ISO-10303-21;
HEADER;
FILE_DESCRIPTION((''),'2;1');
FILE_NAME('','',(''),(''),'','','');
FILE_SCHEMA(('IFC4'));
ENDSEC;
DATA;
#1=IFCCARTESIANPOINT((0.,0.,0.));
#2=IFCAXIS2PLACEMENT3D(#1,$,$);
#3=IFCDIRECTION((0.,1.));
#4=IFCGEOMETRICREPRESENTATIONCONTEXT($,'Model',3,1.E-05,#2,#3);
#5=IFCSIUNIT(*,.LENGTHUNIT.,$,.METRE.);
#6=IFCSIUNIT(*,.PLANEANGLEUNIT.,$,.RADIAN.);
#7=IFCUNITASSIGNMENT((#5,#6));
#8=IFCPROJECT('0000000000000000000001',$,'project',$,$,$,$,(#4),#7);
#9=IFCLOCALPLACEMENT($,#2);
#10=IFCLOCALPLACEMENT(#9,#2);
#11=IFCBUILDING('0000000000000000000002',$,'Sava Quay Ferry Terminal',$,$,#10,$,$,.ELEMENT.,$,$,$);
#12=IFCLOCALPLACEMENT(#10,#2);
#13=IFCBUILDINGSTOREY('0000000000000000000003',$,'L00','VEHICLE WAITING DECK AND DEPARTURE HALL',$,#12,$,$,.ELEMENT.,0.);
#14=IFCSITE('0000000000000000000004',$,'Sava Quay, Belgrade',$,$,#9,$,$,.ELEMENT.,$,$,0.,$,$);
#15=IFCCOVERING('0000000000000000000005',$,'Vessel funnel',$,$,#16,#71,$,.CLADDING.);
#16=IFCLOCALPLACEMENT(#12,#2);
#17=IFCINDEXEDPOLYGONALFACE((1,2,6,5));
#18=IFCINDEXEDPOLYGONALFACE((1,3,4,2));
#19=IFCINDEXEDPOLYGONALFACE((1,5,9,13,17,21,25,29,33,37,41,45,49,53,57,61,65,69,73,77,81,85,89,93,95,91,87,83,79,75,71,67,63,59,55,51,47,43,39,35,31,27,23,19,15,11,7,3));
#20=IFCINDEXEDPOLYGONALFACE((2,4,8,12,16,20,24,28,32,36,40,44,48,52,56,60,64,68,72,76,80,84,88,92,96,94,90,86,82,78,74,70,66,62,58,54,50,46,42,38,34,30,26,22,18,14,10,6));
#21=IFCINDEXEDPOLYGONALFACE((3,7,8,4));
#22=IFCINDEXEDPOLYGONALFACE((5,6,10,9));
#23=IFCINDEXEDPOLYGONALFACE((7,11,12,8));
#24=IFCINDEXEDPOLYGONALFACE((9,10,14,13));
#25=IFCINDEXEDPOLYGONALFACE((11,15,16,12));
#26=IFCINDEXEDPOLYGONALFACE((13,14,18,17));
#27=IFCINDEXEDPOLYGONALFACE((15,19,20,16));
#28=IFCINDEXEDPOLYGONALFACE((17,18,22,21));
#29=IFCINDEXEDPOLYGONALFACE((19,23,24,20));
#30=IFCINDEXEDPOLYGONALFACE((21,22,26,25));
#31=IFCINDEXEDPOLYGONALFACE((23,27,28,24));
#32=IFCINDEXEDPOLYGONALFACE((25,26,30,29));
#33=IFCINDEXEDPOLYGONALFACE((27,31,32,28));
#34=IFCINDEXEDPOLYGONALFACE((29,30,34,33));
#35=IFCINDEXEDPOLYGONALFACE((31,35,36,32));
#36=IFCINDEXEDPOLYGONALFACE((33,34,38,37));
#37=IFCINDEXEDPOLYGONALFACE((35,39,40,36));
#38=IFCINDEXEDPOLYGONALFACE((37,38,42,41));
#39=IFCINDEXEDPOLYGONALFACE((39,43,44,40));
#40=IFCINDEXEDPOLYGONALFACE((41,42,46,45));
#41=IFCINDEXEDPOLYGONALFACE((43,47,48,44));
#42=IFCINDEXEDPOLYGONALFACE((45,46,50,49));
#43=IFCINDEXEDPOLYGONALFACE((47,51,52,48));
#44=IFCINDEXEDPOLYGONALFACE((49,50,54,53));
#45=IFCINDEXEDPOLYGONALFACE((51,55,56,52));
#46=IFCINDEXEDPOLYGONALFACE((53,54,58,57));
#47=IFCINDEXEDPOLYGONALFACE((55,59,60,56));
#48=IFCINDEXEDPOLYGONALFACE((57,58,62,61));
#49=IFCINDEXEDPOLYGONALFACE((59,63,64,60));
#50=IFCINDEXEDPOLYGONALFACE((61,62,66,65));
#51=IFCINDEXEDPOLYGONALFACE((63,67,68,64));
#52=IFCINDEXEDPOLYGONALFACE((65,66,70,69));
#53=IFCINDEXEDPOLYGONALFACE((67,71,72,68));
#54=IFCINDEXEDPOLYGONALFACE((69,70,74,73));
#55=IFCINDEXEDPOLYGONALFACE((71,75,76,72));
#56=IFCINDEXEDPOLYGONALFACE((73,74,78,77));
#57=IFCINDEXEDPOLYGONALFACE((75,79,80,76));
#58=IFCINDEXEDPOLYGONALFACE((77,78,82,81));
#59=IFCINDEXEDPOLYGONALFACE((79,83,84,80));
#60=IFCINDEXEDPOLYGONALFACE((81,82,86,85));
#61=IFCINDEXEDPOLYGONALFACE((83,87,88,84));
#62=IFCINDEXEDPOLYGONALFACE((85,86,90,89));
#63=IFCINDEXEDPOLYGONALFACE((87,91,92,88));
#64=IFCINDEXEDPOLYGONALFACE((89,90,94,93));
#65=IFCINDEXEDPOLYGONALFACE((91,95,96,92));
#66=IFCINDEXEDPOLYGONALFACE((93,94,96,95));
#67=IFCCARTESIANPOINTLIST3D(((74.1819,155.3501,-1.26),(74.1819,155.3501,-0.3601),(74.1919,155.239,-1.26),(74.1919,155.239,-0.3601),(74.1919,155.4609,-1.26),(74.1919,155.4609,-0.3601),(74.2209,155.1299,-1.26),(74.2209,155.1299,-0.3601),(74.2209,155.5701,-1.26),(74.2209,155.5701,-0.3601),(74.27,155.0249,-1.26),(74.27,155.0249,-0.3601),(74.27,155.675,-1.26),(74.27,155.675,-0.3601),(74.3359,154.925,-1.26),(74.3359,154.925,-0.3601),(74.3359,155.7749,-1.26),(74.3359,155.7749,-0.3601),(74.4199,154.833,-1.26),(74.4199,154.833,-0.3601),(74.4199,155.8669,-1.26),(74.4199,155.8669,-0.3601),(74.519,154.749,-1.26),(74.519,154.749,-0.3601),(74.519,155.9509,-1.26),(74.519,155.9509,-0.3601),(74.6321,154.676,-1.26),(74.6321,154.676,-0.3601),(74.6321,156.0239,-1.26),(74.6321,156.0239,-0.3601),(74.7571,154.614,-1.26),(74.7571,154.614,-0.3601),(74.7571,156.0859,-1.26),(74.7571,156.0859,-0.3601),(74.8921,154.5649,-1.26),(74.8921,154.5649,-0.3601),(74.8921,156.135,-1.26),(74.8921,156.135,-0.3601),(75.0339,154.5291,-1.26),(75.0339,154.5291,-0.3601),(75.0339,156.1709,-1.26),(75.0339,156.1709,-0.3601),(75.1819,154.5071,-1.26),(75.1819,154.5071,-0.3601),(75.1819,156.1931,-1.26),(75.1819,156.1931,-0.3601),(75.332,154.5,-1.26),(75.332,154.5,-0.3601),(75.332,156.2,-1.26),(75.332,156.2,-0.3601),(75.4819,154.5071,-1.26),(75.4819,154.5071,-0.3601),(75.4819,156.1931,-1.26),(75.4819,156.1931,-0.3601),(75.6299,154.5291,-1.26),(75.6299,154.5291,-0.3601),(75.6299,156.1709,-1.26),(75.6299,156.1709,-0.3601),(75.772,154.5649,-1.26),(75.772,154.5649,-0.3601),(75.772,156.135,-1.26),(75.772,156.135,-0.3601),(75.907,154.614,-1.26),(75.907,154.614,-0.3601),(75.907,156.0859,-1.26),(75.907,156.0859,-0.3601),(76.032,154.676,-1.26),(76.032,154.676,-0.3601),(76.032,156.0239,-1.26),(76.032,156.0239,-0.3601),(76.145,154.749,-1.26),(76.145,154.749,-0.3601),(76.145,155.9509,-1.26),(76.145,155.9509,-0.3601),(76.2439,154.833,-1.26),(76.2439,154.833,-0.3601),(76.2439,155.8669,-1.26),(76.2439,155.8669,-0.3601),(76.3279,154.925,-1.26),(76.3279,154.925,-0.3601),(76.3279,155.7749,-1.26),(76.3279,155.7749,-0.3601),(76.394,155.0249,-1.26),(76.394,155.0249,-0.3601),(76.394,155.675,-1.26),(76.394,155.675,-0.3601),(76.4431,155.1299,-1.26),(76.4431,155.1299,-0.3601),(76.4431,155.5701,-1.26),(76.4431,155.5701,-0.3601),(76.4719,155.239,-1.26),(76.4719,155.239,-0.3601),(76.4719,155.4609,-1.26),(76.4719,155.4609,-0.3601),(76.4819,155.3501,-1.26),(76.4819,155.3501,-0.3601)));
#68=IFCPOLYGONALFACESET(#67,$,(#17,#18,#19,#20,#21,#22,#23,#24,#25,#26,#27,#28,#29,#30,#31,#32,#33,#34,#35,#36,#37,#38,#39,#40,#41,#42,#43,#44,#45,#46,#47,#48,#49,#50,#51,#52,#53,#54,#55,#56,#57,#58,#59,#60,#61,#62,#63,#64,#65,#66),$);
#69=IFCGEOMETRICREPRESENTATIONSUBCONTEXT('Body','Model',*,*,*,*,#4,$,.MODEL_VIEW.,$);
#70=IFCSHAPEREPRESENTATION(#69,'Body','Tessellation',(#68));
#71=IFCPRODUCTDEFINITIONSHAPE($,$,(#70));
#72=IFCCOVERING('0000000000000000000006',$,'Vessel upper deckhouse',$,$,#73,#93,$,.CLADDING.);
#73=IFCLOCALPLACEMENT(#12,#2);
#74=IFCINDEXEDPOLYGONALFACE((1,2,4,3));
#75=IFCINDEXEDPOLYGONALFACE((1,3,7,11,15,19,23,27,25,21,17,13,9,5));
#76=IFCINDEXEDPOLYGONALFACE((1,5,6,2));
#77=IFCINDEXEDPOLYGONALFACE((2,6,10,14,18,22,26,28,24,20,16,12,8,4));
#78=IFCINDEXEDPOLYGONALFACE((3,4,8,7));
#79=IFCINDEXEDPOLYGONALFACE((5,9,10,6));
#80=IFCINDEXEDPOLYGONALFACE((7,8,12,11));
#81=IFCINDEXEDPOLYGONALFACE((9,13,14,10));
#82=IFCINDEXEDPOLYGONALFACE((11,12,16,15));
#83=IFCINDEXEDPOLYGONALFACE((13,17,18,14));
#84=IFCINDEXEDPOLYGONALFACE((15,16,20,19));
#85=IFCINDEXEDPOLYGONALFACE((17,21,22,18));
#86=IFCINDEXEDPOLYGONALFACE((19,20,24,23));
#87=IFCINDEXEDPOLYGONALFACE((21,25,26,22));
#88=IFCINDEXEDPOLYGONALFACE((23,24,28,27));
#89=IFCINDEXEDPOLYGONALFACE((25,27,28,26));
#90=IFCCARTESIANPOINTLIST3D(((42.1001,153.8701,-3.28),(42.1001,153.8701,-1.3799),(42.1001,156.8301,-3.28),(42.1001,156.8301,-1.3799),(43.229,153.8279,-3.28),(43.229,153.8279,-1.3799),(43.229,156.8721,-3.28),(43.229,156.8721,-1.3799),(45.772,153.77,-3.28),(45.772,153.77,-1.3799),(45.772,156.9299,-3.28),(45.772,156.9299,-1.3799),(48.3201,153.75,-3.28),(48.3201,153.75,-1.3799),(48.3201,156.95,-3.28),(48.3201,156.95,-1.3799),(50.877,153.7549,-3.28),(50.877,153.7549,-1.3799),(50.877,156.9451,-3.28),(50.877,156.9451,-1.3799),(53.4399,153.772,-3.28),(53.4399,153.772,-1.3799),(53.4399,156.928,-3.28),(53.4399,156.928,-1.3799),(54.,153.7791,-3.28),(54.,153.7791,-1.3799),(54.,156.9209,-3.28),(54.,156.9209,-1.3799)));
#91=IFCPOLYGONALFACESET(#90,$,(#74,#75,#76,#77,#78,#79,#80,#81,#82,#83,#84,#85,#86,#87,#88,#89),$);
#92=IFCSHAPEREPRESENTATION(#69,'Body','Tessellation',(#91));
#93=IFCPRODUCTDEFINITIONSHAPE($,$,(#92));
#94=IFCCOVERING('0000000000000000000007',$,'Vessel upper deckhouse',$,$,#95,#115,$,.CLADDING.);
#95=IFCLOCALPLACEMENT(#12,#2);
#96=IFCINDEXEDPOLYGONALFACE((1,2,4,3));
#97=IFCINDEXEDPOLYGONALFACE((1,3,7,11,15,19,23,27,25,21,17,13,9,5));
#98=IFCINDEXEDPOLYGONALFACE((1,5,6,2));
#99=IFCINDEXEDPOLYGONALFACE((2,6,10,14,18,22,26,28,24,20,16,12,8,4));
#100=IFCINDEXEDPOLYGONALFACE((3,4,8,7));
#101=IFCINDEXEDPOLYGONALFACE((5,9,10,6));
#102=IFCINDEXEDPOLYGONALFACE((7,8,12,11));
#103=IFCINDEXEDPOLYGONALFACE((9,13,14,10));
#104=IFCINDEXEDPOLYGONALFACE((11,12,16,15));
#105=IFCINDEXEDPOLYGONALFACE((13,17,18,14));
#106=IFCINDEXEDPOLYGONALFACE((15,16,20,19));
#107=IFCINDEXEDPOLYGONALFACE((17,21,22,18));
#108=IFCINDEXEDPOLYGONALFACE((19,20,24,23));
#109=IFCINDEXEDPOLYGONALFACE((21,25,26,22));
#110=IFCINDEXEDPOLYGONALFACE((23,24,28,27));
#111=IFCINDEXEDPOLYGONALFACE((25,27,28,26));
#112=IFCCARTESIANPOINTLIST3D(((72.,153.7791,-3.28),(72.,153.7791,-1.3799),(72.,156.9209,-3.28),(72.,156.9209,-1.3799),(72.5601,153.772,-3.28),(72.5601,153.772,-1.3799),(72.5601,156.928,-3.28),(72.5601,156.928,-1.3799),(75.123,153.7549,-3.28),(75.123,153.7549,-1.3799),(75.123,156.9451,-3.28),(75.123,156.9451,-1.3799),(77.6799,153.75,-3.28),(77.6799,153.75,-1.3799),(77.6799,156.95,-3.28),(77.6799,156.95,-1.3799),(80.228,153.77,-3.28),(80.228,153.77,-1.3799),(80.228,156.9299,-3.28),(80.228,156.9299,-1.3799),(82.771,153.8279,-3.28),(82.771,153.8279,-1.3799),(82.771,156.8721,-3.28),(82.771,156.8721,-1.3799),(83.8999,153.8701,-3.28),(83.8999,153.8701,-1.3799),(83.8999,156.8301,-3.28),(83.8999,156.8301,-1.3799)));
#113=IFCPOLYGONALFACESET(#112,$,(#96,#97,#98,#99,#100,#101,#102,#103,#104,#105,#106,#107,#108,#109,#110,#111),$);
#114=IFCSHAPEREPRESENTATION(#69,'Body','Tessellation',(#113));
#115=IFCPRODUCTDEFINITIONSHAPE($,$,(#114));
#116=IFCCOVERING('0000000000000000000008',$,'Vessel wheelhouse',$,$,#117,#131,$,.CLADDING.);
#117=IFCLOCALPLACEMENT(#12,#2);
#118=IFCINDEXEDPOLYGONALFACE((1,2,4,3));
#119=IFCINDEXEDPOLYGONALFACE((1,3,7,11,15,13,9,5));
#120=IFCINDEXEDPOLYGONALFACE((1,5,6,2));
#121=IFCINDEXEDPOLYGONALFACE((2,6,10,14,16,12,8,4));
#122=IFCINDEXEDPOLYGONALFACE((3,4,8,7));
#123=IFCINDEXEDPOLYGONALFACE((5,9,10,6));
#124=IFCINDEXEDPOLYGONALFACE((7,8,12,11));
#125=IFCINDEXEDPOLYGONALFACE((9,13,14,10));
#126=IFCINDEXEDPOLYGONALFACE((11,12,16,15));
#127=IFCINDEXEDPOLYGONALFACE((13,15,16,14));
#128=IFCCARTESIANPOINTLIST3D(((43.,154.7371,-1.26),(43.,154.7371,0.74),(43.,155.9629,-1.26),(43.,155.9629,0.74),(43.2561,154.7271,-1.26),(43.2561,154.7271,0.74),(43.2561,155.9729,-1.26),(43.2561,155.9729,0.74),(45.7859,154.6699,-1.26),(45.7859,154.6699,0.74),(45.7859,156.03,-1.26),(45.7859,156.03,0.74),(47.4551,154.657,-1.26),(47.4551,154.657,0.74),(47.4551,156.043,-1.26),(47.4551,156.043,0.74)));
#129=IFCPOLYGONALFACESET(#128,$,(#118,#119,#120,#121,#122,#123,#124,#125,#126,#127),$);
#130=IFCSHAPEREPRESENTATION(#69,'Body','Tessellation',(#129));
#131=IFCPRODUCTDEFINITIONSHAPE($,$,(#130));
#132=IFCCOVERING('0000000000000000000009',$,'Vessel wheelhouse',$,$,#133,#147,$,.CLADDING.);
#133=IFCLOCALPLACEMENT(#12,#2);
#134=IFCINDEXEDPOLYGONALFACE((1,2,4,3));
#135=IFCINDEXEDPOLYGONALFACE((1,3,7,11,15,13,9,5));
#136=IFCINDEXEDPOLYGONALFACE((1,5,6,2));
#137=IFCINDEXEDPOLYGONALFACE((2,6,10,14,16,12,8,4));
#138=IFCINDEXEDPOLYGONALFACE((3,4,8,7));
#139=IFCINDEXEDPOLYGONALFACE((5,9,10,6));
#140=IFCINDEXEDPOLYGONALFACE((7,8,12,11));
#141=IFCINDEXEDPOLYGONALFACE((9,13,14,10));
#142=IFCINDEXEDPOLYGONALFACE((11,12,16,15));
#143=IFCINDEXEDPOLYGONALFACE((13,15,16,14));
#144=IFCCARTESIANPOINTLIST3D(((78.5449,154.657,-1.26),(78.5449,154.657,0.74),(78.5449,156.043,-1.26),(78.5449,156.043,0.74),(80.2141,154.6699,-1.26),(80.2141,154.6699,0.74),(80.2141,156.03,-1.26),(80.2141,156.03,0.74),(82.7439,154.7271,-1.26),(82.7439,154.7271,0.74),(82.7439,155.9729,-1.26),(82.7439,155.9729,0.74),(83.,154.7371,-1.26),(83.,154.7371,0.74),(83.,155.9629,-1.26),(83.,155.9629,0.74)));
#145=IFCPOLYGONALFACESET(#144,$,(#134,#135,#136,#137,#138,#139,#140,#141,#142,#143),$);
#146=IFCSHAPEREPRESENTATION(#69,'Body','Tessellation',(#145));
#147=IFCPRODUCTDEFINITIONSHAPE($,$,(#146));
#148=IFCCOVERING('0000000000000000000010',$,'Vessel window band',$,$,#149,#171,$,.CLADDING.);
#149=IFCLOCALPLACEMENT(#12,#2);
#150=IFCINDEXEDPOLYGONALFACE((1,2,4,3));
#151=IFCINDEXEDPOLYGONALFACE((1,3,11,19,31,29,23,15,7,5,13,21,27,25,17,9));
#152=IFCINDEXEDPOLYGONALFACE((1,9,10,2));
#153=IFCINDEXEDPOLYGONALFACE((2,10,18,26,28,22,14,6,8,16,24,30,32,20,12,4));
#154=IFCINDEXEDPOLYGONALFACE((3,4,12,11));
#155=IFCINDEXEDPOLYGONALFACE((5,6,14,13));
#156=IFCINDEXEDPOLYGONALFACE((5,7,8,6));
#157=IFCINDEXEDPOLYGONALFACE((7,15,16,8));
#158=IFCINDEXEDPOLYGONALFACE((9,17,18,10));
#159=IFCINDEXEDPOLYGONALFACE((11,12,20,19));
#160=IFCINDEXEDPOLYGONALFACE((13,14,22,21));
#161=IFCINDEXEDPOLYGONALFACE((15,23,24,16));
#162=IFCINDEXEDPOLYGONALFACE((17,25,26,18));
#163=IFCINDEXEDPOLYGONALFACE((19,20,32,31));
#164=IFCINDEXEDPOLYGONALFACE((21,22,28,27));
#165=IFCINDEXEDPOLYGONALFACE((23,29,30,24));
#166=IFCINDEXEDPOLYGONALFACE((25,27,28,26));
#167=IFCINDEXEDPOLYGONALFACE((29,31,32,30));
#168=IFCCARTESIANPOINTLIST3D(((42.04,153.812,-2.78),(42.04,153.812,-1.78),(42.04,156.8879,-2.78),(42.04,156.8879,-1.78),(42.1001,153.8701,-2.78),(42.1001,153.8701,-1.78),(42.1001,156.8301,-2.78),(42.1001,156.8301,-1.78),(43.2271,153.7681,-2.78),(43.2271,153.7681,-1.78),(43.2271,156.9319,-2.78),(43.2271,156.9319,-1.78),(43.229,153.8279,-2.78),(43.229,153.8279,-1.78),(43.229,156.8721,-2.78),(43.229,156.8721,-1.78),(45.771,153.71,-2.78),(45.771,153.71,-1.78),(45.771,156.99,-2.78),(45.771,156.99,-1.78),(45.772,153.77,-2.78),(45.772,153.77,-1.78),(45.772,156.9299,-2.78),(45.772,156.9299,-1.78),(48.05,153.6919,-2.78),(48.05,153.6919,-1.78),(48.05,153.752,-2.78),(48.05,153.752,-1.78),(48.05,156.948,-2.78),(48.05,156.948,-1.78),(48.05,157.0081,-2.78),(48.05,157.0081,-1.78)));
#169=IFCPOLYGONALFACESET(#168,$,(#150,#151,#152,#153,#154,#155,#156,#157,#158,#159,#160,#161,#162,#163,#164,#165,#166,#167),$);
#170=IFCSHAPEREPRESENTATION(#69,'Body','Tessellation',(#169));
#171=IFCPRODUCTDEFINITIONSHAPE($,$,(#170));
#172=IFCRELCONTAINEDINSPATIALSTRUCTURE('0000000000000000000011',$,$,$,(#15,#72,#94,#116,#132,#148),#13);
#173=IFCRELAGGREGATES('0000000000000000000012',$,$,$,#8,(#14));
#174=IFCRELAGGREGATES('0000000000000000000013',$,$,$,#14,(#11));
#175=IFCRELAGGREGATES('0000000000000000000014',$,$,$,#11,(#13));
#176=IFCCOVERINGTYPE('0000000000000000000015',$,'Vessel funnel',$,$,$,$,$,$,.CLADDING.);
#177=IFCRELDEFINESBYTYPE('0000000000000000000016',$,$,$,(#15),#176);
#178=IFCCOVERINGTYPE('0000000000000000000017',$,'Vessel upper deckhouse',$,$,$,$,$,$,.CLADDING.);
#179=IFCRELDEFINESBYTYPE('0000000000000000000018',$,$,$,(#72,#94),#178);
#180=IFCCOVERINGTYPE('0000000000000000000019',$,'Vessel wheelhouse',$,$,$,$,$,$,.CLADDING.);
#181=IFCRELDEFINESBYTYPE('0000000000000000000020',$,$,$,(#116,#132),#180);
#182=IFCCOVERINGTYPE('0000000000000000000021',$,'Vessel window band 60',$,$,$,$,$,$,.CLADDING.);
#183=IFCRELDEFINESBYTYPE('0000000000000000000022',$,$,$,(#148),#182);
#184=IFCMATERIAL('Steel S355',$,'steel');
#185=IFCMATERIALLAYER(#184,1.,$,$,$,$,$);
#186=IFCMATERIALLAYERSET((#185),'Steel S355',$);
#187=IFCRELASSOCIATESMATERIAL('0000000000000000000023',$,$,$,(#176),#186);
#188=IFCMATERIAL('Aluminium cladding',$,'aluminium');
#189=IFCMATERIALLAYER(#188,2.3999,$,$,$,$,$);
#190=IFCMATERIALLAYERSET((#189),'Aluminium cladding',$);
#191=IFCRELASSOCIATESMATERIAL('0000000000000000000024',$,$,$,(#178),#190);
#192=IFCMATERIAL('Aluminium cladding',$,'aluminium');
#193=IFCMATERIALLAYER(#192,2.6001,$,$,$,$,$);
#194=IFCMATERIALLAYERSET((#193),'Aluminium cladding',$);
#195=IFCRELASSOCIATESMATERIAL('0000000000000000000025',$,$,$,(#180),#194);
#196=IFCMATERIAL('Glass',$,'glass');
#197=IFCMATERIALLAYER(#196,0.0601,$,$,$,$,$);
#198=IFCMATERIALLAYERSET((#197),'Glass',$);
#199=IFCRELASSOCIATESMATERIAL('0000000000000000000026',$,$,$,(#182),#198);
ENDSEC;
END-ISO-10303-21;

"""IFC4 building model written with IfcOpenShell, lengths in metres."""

from ifc_helpers import new_model, si_unit, direction, frame, origin, place, context, subcontext, project, spatial, polyline, outline, extrude, material, layer, layer_set, type_object, element, save


model = new_model("IFC4")

# Units and contexts
model_context = context("Model", 3, precision=1e-05, world=origin(), true_north=direction((0.0, 1.0)))
body_context = subcontext(model_context, "Body", "Model", "MODEL_VIEW")
ifc_project = project(units=[si_unit("LENGTHUNIT", "METRE"), si_unit("PLANEANGLEUNIT", "RADIAN")], contexts=[model_context])

# Site, building, storey
site_placement = place(None, origin())
site = spatial("IfcSite", under=ifc_project, at=site_placement, Name="Sava Quay, Belgrade", CompositionType="ELEMENT", RefElevation=0.0)
building_placement = place(site_placement, origin())
building = spatial("IfcBuilding", under=site, at=building_placement, Name="Sava Quay Ferry Terminal", CompositionType="ELEMENT")
storey_placement = place(building_placement, origin())
storey = spatial("IfcBuildingStorey", under=building, at=storey_placement, Name="L00", Description="VEHICLE WAITING DECK AND DEPARTURE HALL", CompositionType="ELEMENT", Elevation=0.0)

# Coverings
ifc_material_1 = material(Name="Steel S355", Category="steel")
ifc_layer_1 = layer(ifc_material_1, 1.0)
ifc_layer_set_1 = layer_set([ifc_layer_1], Name="Steel S355")
covering_type_1 = type_object("IfcCoveringType", Name="Vessel funnel", PredefinedType="CLADDING", material=ifc_layer_set_1)
covering_1_placement = place(storey_placement, frame((0.0, 0.0, -1.26)))
element("IfcCovering", 1, at=covering_1_placement, inside=storey, type_object=covering_type_1, Name="Vessel funnel", PredefinedType="CLADDING", context=body_context, shape_type="SweptSolid", body=[
    extrude(outline(polyline([(76.4819, 155.3501), (76.4719, 155.4609), (76.4431, 155.5701), (76.394, 155.675), (76.3279, 155.7749), (76.2439, 155.8669), (76.145, 155.9509), (76.032, 156.0239), (75.907, 156.0859), (75.772, 156.135), (75.6299, 156.1709), (75.4819, 156.1931), (75.332, 156.2), (75.1819, 156.1931), (75.0339, 156.1709), (74.8921, 156.135), (74.7571, 156.0859), (74.6321, 156.0239), (74.519, 155.9509), (74.4199, 155.8669), (74.3359, 155.7749), (74.27, 155.675), (74.2209, 155.5701), (74.1919, 155.4609), (74.1819, 155.3501), (74.1919, 155.239), (74.2209, 155.1299), (74.27, 155.0249), (74.3359, 154.925), (74.4199, 154.833), (74.519, 154.749), (74.6321, 154.676), (74.7571, 154.614), (74.8921, 154.5649), (75.0339, 154.5291), (75.1819, 154.5071), (75.332, 154.5), (75.4819, 154.5071), (75.6299, 154.5291), (75.772, 154.5649), (75.907, 154.614), (76.032, 154.676), (76.145, 154.749), (76.2439, 154.833), (76.3279, 154.925), (76.394, 155.0249), (76.4431, 155.1299), (76.4719, 155.239), (76.4819, 155.3501)])), origin(), (0.0, 0.0, 1.0), 0.8999),
])
ifc_material_2 = material(Name="Aluminium cladding", Category="aluminium")
ifc_layer_2 = layer(ifc_material_2, 2.3999)
ifc_layer_set_2 = layer_set([ifc_layer_2], Name="Aluminium cladding")
covering_type_2 = type_object("IfcCoveringType", Name="Vessel upper deckhouse", PredefinedType="CLADDING", material=ifc_layer_set_2)
covering_2_placement = place(storey_placement, frame((0.0, 0.0, -3.28)))
element("IfcCovering", 2, at=covering_2_placement, inside=storey, type_object=covering_type_2, Name="Vessel upper deckhouse", PredefinedType="CLADDING", context=body_context, shape_type="SweptSolid", body=[
    extrude(outline(polyline([(53.4399, 156.928), (50.877, 156.9451), (48.3201, 156.95), (45.772, 156.9299), (43.229, 156.8721), (42.1001, 156.8301), (42.1001, 153.8701), (43.229, 153.8279), (45.772, 153.77), (48.3201, 153.75), (50.877, 153.7549), (53.4399, 153.772), (54.0, 153.7791), (54.0, 156.9209), (53.4399, 156.928)])), origin(), (0.0, 0.0, 1.0), 1.9001),
])
covering_3_placement = place(storey_placement, frame((0.0, 0.0, -3.28)))
element("IfcCovering", 3, at=covering_3_placement, inside=storey, type_object=covering_type_2, Name="Vessel upper deckhouse", PredefinedType="CLADDING", context=body_context, shape_type="SweptSolid", body=[
    extrude(outline(polyline([(72.5601, 156.928), (72.0, 156.9209), (72.0, 153.7791), (72.5601, 153.772), (75.123, 153.7549), (77.6799, 153.75), (80.228, 153.77), (82.771, 153.8279), (83.8999, 153.8701), (83.8999, 156.8301), (82.771, 156.8721), (80.228, 156.9299), (77.6799, 156.95), (75.123, 156.9451), (72.5601, 156.928)])), origin(), (0.0, 0.0, 1.0), 1.9001),
])
ifc_material_3 = material(Name="Aluminium cladding", Category="aluminium")
ifc_layer_3 = layer(ifc_material_3, 2.6001)
ifc_layer_set_3 = layer_set([ifc_layer_3], Name="Aluminium cladding")
covering_type_3 = type_object("IfcCoveringType", Name="Vessel wheelhouse", PredefinedType="CLADDING", material=ifc_layer_set_3)
covering_4_placement = place(storey_placement, frame((0.0, 0.0, -1.26)))
element("IfcCovering", 4, at=covering_4_placement, inside=storey, type_object=covering_type_3, Name="Vessel wheelhouse", PredefinedType="CLADDING", context=body_context, shape_type="SweptSolid", body=[
    extrude(outline(polyline([(45.7859, 156.03), (43.2561, 155.9729), (43.0, 155.9629), (43.0, 154.7371), (43.2561, 154.7271), (45.7859, 154.6699), (47.4551, 154.657), (47.4551, 156.043), (45.7859, 156.03)])), origin(), (0.0, 0.0, 1.0), 2.0),
])
covering_5_placement = place(storey_placement, frame((0.0, 0.0, -1.26)))
element("IfcCovering", 5, at=covering_5_placement, inside=storey, type_object=covering_type_3, Name="Vessel wheelhouse", PredefinedType="CLADDING", context=body_context, shape_type="SweptSolid", body=[
    extrude(outline(polyline([(80.2141, 156.03), (78.5449, 156.043), (78.5449, 154.657), (80.2141, 154.6699), (82.7439, 154.7271), (83.0, 154.7371), (83.0, 155.9629), (82.7439, 155.9729), (80.2141, 156.03)])), origin(), (0.0, 0.0, 1.0), 2.0),
])
ifc_material_4 = material(Name="Glass", Category="glass")
ifc_layer_4 = layer(ifc_material_4, 0.0601)
ifc_layer_set_4 = layer_set([ifc_layer_4], Name="Glass")
covering_type_4 = type_object("IfcCoveringType", Name="Vessel window band 60", PredefinedType="CLADDING", material=ifc_layer_set_4)
covering_6_placement = place(storey_placement, frame((0.0, 0.0, -2.78)))
element("IfcCovering", 6, at=covering_6_placement, inside=storey, type_object=covering_type_4, Name="Vessel window band", PredefinedType="CLADDING", context=body_context, shape_type="SweptSolid", body=[
    extrude(outline(polyline([(45.771, 153.71), (48.05, 153.6919), (48.05, 153.752), (45.772, 153.77), (43.229, 153.8279), (42.1001, 153.8701), (42.1001, 156.8301), (43.229, 156.8721), (45.772, 156.9299), (48.05, 156.948), (48.05, 157.0081), (45.771, 156.99), (43.2271, 156.9319), (42.04, 156.8879), (42.04, 153.812), (43.2271, 153.7681), (45.771, 153.71)])), origin(), (0.0, 0.0, 1.0), 1.0),
])

save(model, "model.ifc")
